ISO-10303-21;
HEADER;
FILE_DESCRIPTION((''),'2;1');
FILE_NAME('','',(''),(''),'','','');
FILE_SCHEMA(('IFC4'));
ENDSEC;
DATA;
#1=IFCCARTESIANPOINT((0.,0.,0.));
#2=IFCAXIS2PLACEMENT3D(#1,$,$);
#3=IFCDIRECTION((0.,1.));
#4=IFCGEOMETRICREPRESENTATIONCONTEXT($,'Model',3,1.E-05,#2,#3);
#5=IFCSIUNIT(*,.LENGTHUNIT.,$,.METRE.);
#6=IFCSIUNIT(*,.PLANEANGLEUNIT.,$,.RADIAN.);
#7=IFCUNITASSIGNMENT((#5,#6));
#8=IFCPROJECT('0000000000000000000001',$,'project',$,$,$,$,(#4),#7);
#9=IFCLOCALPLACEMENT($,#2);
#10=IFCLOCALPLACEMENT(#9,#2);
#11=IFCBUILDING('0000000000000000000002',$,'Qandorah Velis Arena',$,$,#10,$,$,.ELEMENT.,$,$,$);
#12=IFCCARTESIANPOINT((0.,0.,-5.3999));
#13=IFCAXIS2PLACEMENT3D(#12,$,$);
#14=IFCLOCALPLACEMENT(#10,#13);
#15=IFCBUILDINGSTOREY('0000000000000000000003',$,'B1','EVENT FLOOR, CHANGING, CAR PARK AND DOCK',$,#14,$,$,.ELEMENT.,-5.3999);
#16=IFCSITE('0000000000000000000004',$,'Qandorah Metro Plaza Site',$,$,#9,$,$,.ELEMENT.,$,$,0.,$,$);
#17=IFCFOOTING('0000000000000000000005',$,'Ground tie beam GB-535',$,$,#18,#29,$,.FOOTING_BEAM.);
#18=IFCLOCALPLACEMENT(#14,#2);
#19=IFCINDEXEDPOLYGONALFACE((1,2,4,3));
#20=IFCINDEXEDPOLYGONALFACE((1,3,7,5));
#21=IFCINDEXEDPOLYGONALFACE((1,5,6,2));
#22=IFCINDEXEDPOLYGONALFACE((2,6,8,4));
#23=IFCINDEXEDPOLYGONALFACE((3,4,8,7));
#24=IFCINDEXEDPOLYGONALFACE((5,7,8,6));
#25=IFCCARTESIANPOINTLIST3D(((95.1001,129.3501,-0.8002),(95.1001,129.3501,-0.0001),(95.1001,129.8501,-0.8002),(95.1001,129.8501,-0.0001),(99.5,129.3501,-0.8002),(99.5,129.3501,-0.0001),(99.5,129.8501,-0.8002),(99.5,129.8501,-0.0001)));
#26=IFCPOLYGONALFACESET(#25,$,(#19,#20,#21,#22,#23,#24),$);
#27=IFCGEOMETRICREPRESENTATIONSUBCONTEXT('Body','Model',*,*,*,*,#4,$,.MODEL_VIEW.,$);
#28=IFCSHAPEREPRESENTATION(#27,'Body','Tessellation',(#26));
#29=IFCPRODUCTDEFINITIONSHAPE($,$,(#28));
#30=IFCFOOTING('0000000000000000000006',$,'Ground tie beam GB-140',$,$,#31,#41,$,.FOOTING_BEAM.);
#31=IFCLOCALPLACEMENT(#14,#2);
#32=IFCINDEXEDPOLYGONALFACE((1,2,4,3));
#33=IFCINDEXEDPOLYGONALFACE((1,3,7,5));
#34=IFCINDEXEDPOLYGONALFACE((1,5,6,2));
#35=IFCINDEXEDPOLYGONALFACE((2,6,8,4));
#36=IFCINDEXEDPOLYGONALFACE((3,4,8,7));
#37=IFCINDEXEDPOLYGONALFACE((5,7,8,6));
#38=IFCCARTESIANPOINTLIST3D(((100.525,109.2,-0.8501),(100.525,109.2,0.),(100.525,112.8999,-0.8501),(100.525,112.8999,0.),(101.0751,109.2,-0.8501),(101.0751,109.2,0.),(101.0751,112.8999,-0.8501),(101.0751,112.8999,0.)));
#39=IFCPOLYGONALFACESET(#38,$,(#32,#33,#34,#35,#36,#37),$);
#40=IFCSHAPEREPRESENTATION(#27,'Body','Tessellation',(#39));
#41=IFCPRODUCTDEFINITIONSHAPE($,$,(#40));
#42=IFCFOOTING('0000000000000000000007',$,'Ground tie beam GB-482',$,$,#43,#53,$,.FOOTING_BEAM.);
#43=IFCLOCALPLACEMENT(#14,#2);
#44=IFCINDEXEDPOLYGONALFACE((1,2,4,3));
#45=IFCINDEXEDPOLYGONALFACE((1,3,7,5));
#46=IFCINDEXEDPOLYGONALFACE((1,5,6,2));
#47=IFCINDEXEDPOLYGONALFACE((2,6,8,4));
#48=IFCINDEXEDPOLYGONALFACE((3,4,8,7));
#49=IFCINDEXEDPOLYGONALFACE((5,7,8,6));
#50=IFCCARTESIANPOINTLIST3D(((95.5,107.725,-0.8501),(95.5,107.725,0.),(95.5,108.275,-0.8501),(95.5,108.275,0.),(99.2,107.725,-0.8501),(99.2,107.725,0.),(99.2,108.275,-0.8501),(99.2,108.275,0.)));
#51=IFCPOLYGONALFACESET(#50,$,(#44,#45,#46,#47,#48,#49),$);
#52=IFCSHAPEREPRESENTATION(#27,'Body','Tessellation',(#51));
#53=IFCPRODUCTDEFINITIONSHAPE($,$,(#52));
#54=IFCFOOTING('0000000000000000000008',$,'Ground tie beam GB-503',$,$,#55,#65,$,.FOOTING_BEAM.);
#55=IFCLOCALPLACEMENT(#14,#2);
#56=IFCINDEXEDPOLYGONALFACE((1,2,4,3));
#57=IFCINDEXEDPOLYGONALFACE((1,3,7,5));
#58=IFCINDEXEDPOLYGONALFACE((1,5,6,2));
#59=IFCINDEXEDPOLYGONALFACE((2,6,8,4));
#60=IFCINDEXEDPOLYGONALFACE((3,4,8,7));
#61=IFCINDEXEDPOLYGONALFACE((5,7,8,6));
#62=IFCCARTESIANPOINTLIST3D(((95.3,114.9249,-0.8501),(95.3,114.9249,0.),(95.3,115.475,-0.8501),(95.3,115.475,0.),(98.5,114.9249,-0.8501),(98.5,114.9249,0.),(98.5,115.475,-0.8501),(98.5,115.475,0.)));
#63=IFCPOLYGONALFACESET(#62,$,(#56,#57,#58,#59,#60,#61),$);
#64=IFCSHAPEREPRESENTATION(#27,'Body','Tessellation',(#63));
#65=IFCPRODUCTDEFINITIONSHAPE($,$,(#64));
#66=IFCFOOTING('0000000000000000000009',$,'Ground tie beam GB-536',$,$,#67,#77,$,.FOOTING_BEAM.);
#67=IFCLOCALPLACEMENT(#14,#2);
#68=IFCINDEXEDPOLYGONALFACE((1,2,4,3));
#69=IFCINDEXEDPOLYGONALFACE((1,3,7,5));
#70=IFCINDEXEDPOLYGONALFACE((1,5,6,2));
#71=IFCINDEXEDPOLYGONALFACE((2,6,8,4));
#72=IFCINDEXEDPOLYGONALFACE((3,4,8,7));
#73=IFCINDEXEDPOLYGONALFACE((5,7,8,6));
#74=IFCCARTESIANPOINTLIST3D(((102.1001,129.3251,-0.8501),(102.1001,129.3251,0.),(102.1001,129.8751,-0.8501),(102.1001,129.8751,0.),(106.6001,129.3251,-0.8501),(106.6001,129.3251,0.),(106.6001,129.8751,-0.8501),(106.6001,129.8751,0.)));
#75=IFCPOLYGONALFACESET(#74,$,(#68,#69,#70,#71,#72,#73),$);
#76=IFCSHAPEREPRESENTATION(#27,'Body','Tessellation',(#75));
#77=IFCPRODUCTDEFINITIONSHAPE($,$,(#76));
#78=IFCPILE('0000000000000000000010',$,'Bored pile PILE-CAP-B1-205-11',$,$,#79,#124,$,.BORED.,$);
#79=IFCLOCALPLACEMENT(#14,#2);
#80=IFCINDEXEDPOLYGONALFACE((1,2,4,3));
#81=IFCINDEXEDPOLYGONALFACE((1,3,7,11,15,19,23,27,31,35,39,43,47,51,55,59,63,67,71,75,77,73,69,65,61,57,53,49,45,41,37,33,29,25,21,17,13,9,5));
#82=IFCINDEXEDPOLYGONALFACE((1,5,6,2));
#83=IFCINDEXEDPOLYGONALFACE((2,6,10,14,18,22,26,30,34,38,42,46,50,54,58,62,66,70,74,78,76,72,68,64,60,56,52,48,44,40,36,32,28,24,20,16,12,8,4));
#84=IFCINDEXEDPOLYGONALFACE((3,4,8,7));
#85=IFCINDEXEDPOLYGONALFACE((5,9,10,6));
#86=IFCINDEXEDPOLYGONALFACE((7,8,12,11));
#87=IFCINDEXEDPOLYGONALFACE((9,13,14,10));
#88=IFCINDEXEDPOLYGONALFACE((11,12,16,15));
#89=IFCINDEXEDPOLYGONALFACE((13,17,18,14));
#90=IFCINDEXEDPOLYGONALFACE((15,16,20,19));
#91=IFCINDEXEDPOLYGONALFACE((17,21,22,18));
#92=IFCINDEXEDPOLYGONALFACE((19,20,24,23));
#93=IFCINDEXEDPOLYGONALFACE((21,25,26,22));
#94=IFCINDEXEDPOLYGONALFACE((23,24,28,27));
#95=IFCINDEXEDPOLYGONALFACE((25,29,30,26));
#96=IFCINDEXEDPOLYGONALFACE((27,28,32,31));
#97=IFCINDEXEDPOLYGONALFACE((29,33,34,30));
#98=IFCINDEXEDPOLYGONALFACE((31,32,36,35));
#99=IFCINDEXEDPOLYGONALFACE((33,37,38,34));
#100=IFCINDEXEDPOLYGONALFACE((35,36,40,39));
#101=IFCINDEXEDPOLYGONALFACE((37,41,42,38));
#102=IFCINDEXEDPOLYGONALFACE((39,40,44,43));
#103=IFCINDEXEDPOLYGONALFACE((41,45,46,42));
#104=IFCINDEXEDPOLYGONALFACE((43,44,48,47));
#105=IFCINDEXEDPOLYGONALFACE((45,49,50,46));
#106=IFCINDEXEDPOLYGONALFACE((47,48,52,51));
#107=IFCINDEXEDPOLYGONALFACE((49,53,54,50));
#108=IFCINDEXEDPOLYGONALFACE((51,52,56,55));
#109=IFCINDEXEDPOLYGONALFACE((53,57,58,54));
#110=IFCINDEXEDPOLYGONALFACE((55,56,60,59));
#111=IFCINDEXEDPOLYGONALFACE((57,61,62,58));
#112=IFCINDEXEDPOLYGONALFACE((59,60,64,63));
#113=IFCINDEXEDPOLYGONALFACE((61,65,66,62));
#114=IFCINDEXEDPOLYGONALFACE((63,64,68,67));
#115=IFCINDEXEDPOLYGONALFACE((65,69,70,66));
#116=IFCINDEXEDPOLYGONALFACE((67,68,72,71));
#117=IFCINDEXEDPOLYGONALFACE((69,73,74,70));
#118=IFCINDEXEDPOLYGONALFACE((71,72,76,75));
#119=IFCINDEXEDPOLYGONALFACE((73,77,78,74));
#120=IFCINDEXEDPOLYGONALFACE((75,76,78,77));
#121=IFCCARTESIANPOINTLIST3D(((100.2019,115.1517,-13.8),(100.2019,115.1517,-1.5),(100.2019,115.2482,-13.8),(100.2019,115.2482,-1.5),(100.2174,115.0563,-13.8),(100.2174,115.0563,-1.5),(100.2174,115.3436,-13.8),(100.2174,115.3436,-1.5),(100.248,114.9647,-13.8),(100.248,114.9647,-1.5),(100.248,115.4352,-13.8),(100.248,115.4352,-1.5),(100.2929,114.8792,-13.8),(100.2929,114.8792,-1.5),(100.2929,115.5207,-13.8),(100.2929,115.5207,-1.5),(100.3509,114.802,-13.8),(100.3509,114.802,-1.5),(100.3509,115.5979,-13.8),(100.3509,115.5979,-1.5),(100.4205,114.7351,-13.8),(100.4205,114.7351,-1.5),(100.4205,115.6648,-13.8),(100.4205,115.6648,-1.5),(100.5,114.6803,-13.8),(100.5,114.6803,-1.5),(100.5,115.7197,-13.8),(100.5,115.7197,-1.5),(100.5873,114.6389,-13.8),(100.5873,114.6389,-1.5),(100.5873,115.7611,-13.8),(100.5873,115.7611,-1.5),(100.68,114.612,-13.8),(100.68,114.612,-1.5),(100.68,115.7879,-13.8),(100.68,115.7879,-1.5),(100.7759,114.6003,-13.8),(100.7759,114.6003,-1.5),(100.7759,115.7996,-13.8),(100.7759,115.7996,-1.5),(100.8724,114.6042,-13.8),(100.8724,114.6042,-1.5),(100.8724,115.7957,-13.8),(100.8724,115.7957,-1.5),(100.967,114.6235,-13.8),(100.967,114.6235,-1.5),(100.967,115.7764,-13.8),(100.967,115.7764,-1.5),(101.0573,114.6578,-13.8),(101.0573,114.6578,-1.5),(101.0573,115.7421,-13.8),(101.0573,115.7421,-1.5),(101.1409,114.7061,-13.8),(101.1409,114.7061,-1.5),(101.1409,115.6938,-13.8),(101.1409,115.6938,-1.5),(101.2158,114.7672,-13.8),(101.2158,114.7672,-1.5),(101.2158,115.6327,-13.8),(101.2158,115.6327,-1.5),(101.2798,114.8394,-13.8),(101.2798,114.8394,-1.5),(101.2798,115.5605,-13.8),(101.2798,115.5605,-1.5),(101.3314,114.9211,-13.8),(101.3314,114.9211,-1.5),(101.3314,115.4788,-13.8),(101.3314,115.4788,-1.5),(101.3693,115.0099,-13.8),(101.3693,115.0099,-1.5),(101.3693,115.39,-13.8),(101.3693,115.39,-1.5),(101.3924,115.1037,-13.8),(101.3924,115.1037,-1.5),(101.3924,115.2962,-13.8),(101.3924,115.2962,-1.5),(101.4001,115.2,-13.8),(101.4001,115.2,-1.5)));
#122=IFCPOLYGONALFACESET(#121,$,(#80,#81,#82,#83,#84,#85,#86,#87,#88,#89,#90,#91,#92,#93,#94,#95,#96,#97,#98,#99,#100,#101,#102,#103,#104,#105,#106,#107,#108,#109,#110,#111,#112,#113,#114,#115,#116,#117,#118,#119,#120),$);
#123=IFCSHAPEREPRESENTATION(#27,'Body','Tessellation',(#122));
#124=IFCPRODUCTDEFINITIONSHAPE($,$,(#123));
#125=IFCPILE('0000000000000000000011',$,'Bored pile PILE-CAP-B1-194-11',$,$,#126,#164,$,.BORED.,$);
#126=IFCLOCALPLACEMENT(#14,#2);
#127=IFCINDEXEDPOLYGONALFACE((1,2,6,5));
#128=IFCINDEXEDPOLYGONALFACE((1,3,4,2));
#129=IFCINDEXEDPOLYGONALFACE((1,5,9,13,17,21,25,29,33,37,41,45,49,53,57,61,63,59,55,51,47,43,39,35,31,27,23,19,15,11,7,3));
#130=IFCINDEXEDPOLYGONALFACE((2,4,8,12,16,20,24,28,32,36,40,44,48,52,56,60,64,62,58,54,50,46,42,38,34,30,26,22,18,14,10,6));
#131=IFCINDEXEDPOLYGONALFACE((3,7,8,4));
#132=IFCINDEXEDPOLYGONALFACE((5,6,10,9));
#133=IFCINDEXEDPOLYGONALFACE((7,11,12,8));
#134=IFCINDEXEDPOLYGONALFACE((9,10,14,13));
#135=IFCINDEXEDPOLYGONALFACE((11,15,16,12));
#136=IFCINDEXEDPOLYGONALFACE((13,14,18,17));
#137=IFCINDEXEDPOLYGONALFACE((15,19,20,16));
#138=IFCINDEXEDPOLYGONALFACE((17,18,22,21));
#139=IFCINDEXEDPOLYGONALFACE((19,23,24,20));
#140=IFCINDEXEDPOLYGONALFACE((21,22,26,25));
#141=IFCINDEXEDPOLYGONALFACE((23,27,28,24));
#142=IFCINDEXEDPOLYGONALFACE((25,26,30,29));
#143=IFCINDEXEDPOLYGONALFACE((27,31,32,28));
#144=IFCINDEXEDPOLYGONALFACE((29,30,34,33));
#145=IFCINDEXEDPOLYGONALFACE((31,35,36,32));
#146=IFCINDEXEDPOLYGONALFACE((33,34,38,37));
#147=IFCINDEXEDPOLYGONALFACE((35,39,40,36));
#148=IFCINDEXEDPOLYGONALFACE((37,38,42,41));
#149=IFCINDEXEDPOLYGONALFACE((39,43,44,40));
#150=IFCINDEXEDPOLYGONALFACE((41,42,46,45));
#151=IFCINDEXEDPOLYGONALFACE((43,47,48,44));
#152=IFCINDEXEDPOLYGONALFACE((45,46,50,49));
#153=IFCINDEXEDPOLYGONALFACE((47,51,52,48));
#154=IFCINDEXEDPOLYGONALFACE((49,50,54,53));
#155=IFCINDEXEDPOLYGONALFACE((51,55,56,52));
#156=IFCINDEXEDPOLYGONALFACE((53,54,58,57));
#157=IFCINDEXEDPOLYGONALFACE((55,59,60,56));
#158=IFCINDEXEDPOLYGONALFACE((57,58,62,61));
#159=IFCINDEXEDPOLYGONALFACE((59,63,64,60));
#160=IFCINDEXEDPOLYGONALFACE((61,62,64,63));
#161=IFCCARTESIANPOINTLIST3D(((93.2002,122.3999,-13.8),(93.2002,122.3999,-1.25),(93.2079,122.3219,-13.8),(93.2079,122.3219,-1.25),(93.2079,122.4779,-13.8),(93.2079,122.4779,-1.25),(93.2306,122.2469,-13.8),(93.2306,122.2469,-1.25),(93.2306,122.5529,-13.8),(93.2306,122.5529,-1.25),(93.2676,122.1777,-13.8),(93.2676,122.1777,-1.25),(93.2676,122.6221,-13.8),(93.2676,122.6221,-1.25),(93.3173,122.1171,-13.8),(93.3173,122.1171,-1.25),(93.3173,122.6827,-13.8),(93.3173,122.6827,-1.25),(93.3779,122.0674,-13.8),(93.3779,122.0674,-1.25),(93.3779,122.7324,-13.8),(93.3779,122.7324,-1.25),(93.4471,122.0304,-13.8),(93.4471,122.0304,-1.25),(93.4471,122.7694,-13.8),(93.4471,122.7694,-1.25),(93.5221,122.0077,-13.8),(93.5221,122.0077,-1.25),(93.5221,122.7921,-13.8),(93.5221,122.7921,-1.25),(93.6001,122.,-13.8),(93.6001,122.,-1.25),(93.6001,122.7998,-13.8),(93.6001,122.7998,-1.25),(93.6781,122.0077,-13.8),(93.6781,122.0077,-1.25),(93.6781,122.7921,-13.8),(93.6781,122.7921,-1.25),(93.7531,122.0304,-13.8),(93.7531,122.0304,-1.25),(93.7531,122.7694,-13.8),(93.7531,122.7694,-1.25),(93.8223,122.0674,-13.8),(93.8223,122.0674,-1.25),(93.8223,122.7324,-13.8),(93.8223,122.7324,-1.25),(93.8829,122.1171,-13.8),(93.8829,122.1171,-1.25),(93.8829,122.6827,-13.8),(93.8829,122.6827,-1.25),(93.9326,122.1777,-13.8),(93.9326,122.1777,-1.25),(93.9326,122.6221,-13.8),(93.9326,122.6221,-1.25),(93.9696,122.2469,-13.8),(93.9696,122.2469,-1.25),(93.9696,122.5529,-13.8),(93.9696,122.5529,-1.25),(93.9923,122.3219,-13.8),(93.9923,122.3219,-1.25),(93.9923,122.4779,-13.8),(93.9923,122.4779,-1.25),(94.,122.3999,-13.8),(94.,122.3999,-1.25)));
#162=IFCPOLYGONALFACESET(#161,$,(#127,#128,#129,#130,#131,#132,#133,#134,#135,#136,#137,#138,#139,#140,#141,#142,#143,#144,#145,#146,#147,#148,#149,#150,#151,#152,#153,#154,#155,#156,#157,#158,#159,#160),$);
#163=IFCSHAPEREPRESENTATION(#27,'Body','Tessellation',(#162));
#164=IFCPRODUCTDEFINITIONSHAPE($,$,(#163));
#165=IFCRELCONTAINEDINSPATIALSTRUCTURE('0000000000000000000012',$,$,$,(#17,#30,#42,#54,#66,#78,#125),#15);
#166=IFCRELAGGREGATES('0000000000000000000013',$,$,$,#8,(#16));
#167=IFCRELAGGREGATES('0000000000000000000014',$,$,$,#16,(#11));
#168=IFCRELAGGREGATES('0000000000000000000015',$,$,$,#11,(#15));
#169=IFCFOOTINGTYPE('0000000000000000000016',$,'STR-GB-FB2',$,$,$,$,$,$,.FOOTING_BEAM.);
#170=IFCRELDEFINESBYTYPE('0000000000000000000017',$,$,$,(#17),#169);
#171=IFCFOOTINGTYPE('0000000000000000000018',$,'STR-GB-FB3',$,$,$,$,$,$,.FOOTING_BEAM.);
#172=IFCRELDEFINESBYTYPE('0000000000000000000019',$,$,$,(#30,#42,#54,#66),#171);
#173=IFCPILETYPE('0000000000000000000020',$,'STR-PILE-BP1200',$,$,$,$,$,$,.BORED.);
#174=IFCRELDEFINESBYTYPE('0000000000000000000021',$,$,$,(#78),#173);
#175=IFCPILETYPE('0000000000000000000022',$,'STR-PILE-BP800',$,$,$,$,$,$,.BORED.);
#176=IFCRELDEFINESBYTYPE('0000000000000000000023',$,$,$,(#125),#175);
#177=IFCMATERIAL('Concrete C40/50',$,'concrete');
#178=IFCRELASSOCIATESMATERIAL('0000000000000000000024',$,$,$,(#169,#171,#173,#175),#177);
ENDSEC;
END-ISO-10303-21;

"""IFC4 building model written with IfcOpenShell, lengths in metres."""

from ifc_helpers import new_model, si_unit, direction, frame, origin, origin_2d, place, context, subcontext, project, spatial, rectangle, circle, extrude, material, material_profile, profile_set, type_object, element, save


model = new_model("IFC4")

# Units and contexts
model_context = context("Model", 3, precision=1e-05, world=origin(), true_north=direction((0.0, 1.0)))
body_context = subcontext(model_context, "Body", "Model", "MODEL_VIEW")
ifc_project = project(units=[si_unit("LENGTHUNIT", "METRE"), si_unit("PLANEANGLEUNIT", "RADIAN")], contexts=[model_context])

# Site, building, storey
site_placement = place(None, origin())
site = spatial("IfcSite", under=ifc_project, at=site_placement, Name="Qandorah Metro Plaza Site", CompositionType="ELEMENT", RefElevation=0.0)
building_placement = place(site_placement, origin())
building = spatial("IfcBuilding", under=site, at=building_placement, Name="Qandorah Velis Arena", CompositionType="ELEMENT")
storey_placement = place(building_placement, frame((0.0, 0.0, -5.3999)))
storey = spatial("IfcBuildingStorey", under=building, at=storey_placement, Name="B1", Description="EVENT FLOOR, CHANGING, CAR PARK AND DOCK", CompositionType="ELEMENT", Elevation=-5.3999)

# Footings
ifc_material_1 = material(Name="Concrete C40/50", Category="concrete")
ifc_material_profile_1 = material_profile(ifc_material_1, rectangle(XDim=0.5, YDim=0.8, at=origin_2d()), Name="GB2 500x800")
ifc_profile_set_1 = profile_set([ifc_material_profile_1], Name="Concrete C40/50")
footing_type_1 = type_object("IfcFootingType", Name="STR-GB-FB2", PredefinedType="FOOTING_BEAM", material=ifc_profile_set_1)
footing_1_placement = place(storey_placement, frame((95.1001, 129.6001, -0.4001), z_axis=(1.0, 0.0, 0.0), x_axis=(0.0, 1.0, 0.0)))
element("IfcFooting", 1, at=footing_1_placement, inside=storey, type_object=footing_type_1, Name="Ground tie beam GB-535", PredefinedType="FOOTING_BEAM", context=body_context, shape_type="SweptSolid", body=[
    extrude(rectangle(XDim=0.5, YDim=0.8, at=origin_2d()), origin(), (0.0, 0.0, 1.0), 4.3999),
])
ifc_material_profile_2 = material_profile(ifc_material_1, rectangle(XDim=0.55, YDim=0.8501, at=origin_2d()), Name="GB3 550x850")
ifc_profile_set_2 = profile_set([ifc_material_profile_2], Name="Concrete C40/50")
footing_type_2 = type_object("IfcFootingType", Name="STR-GB-FB3", PredefinedType="FOOTING_BEAM", material=ifc_profile_set_2)
for number, where, z_axis, x_axis, name in (
    (2, (100.8, 109.2, -0.425), (0.0, 1.0, 0.0), (-1.0, 0.0, 0.0), "Ground tie beam GB-140"),
    (3, (95.5, 108.0, -0.425), (1.0, 0.0, 0.0), (0.0, 1.0, 0.0), "Ground tie beam GB-482"),
):
    element("IfcFooting", number, at=place(storey_placement, frame(where, z_axis=z_axis, x_axis=x_axis)), inside=storey, type_object=footing_type_2, Name=name, PredefinedType="FOOTING_BEAM", context=body_context, shape_type="SweptSolid", body=[
        extrude(rectangle(XDim=0.55, YDim=0.8501, at=origin_2d()), origin(), (0.0, 0.0, 1.0), 3.7),
    ])
footing_2_placement = place(storey_placement, frame((95.3, 115.2, -0.425), z_axis=(1.0, 0.0, 0.0), x_axis=(0.0, 1.0, 0.0)))
element("IfcFooting", 4, at=footing_2_placement, inside=storey, type_object=footing_type_2, Name="Ground tie beam GB-503", PredefinedType="FOOTING_BEAM", context=body_context, shape_type="SweptSolid", body=[
    extrude(rectangle(XDim=0.55, YDim=0.8501, at=origin_2d()), origin(), (0.0, 0.0, 1.0), 3.2),
])
footing_3_placement = place(storey_placement, frame((102.1001, 129.6001, -0.425), z_axis=(1.0, 0.0, 0.0), x_axis=(0.0, 1.0, 0.0)))
element("IfcFooting", 5, at=footing_3_placement, inside=storey, type_object=footing_type_2, Name="Ground tie beam GB-536", PredefinedType="FOOTING_BEAM", context=body_context, shape_type="SweptSolid", body=[
    extrude(rectangle(XDim=0.55, YDim=0.8501, at=origin_2d()), origin(), (0.0, 0.0, 1.0), 4.5),
])

# Piles
ifc_material_profile_3 = material_profile(ifc_material_1, circle(Radius=0.6001, at=origin_2d()), Name="BORED PILE D1200")
ifc_profile_set_3 = profile_set([ifc_material_profile_3], Name="Concrete C40/50")
pile_type_1 = type_object("IfcPileType", Name="STR-PILE-BP1200", PredefinedType="BORED", material=ifc_profile_set_3)
pile_1_placement = place(storey_placement, frame((100.8, 115.2, -1.5), z_axis=(0.0, 0.0, -1.0), x_axis=(1.0, 0.0, 0.0)))
element("IfcPile", 6, at=pile_1_placement, inside=storey, type_object=pile_type_1, Name="Bored pile PILE-CAP-B1-205-11", PredefinedType="BORED", context=body_context, shape_type="SweptSolid", body=[
    extrude(circle(Radius=0.6001, at=origin_2d()), origin(), (0.0, 0.0, 1.0), 12.3),
])
ifc_material_profile_4 = material_profile(ifc_material_1, circle(Radius=0.3999, at=origin_2d()), Name="BORED PILE D800")
ifc_profile_set_4 = profile_set([ifc_material_profile_4], Name="Concrete C40/50")
pile_type_2 = type_object("IfcPileType", Name="STR-PILE-BP800", PredefinedType="BORED", material=ifc_profile_set_4)
pile_2_placement = place(storey_placement, frame((93.6001, 122.3999, -1.25), z_axis=(0.0, 0.0, -1.0), x_axis=(1.0, 0.0, 0.0)))
element("IfcPile", 7, at=pile_2_placement, inside=storey, type_object=pile_type_2, Name="Bored pile PILE-CAP-B1-194-11", PredefinedType="BORED", context=body_context, shape_type="SweptSolid", body=[
    extrude(circle(Radius=0.3999, at=origin_2d()), origin(), (0.0, 0.0, 1.0), 12.55),
])

save(model, "model.ifc")
